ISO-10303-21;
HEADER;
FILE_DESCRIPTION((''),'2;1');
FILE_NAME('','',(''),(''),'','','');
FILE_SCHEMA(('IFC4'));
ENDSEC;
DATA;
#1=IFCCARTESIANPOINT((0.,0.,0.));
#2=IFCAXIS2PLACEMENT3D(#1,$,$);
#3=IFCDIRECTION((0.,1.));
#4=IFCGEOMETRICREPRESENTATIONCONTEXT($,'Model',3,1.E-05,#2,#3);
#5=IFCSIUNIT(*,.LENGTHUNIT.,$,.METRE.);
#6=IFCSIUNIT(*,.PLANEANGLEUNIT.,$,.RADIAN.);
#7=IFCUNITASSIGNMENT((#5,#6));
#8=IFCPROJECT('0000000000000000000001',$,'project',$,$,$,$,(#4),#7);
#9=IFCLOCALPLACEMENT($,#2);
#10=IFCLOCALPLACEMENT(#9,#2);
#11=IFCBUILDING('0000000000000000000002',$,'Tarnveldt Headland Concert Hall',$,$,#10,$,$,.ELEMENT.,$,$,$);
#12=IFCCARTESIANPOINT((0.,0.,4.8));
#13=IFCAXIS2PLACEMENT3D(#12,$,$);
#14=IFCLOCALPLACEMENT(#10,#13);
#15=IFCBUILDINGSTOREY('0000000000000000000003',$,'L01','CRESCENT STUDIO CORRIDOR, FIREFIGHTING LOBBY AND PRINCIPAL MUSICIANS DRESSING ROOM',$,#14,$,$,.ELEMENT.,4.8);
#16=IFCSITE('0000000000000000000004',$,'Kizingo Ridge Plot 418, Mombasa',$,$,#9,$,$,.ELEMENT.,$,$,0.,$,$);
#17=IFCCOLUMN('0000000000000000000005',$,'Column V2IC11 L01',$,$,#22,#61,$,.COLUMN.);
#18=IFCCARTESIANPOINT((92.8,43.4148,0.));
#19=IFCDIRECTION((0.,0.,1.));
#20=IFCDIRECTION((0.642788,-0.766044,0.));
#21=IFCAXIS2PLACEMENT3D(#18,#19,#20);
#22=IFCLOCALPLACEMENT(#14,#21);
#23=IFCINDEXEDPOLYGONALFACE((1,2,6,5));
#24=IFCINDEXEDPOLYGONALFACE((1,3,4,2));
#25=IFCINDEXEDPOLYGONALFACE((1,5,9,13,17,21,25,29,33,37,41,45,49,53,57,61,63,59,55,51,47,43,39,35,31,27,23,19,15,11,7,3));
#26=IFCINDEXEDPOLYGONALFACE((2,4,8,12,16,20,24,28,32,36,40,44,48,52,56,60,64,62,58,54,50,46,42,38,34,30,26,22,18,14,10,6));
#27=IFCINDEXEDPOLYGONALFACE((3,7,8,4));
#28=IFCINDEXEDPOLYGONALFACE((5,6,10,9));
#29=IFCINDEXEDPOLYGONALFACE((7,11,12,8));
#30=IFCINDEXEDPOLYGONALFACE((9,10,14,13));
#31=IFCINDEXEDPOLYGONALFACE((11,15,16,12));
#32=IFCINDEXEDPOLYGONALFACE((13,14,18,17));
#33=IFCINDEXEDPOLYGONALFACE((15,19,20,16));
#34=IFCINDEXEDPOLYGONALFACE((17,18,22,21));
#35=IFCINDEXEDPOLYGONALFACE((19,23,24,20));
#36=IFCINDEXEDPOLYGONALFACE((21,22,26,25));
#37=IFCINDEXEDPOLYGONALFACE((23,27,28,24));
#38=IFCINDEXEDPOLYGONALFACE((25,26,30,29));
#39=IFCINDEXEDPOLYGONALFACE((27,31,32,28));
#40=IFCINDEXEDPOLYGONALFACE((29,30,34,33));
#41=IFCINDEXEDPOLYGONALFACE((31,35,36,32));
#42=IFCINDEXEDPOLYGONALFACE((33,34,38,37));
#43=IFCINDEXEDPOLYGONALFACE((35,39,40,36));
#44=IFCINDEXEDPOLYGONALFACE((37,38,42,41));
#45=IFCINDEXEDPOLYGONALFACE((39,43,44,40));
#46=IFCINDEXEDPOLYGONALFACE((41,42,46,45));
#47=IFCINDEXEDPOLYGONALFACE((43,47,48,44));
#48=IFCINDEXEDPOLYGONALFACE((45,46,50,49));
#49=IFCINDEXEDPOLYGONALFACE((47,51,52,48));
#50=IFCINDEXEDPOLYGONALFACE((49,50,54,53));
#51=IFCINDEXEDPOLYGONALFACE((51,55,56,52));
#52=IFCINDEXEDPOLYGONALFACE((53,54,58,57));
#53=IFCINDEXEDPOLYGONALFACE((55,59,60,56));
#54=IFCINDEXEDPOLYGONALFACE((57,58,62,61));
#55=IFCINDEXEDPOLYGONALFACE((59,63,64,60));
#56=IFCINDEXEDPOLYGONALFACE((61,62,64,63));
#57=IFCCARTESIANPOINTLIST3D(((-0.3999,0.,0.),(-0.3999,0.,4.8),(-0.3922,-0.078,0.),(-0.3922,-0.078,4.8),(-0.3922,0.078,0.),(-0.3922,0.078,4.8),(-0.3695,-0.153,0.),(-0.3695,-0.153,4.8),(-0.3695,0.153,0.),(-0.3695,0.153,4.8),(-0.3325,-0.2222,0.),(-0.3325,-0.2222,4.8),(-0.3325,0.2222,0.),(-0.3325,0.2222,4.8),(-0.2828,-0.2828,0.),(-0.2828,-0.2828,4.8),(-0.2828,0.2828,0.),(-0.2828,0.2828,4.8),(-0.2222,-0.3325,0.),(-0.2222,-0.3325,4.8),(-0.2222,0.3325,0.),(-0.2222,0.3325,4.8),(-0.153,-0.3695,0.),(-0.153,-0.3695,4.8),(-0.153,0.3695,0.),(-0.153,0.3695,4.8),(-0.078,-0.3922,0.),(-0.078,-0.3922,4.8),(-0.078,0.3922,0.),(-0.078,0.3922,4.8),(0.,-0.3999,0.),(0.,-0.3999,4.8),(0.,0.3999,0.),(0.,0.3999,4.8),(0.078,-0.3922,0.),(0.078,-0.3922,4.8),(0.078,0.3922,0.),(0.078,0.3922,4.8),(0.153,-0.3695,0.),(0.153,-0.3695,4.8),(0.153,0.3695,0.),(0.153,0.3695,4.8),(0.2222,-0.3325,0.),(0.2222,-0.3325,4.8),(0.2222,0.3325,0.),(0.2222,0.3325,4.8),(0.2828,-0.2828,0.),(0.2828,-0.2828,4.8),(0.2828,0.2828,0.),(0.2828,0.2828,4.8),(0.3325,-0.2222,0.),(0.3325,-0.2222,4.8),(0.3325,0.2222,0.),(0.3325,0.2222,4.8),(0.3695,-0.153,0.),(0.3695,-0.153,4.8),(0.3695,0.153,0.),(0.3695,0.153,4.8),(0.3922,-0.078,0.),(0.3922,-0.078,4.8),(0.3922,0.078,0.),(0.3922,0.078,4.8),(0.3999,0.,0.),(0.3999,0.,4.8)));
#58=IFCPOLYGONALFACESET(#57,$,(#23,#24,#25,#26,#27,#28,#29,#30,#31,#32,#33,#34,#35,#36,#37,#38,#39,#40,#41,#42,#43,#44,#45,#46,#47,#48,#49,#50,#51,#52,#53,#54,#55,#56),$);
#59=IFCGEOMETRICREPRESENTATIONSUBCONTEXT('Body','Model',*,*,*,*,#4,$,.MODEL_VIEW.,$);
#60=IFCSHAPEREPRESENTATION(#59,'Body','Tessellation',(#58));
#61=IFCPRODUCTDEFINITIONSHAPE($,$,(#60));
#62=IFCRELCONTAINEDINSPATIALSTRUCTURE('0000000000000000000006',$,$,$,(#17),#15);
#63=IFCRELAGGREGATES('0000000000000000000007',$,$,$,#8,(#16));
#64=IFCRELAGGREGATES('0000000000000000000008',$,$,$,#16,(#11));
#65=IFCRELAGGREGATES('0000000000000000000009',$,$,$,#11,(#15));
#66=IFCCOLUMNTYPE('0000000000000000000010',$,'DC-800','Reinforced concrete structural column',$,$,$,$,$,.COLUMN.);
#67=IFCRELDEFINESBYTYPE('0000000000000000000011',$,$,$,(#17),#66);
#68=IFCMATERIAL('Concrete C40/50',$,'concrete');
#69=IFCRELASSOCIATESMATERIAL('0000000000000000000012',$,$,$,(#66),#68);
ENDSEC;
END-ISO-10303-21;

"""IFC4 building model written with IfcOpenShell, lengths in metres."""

from ifc_helpers import new_model, si_unit, direction, frame, origin, origin_2d, place, context, subcontext, project, spatial, circle, extrude, material, material_profile, profile_set, type_object, element, save


model = new_model("IFC4")

# Units and contexts
model_context = context("Model", 3, precision=1e-05, world=origin(), true_north=direction((0.0, 1.0)))
body_context = subcontext(model_context, "Body", "Model", "MODEL_VIEW")
ifc_project = project(units=[si_unit("LENGTHUNIT", "METRE"), si_unit("PLANEANGLEUNIT", "RADIAN")], contexts=[model_context])

# Site, building, storey
site_placement = place(None, origin())
site = spatial("IfcSite", under=ifc_project, at=site_placement, Name="Kizingo Ridge Plot 418, Mombasa", CompositionType="ELEMENT", RefElevation=0.0)
building_placement = place(site_placement, origin())
building = spatial("IfcBuilding", under=site, at=building_placement, Name="Tarnveldt Headland Concert Hall", CompositionType="ELEMENT")
storey_placement = place(building_placement, frame((0.0, 0.0, 4.8)))
storey = spatial("IfcBuildingStorey", under=building, at=storey_placement, Name="L01", Description="CRESCENT STUDIO CORRIDOR, FIREFIGHTING LOBBY AND PRINCIPAL MUSICIANS DRESSING ROOM", CompositionType="ELEMENT", Elevation=4.8)

# Column
ifc_material_1 = material(Name="Concrete C40/50", Category="concrete")
ifc_material_profile_1 = material_profile(ifc_material_1, circle(Radius=0.3999, at=origin_2d()), Name="RC D800", Category="concrete")
ifc_profile_set_1 = profile_set([ifc_material_profile_1], Name="Concrete C40/50")
column_type_1 = type_object("IfcColumnType", Name="DC-800", Description="Reinforced concrete structural column", PredefinedType="COLUMN", material=ifc_profile_set_1)
column_1_placement = place(storey_placement, frame((92.8, 43.4148, 0.0), z_axis=(0.0, 0.0, 1.0), x_axis=(0.642788, -0.766044, 0.0)))
element("IfcColumn", 1, at=column_1_placement, inside=storey, type_object=column_type_1, Name="Column V2IC11 L01", PredefinedType="COLUMN", context=body_context, shape_type="SweptSolid", body=[
    extrude(circle(Radius=0.3999, at=origin_2d()), origin(), (0.0, 0.0, 1.0), 4.8),
])

save(model, "model.ifc")
